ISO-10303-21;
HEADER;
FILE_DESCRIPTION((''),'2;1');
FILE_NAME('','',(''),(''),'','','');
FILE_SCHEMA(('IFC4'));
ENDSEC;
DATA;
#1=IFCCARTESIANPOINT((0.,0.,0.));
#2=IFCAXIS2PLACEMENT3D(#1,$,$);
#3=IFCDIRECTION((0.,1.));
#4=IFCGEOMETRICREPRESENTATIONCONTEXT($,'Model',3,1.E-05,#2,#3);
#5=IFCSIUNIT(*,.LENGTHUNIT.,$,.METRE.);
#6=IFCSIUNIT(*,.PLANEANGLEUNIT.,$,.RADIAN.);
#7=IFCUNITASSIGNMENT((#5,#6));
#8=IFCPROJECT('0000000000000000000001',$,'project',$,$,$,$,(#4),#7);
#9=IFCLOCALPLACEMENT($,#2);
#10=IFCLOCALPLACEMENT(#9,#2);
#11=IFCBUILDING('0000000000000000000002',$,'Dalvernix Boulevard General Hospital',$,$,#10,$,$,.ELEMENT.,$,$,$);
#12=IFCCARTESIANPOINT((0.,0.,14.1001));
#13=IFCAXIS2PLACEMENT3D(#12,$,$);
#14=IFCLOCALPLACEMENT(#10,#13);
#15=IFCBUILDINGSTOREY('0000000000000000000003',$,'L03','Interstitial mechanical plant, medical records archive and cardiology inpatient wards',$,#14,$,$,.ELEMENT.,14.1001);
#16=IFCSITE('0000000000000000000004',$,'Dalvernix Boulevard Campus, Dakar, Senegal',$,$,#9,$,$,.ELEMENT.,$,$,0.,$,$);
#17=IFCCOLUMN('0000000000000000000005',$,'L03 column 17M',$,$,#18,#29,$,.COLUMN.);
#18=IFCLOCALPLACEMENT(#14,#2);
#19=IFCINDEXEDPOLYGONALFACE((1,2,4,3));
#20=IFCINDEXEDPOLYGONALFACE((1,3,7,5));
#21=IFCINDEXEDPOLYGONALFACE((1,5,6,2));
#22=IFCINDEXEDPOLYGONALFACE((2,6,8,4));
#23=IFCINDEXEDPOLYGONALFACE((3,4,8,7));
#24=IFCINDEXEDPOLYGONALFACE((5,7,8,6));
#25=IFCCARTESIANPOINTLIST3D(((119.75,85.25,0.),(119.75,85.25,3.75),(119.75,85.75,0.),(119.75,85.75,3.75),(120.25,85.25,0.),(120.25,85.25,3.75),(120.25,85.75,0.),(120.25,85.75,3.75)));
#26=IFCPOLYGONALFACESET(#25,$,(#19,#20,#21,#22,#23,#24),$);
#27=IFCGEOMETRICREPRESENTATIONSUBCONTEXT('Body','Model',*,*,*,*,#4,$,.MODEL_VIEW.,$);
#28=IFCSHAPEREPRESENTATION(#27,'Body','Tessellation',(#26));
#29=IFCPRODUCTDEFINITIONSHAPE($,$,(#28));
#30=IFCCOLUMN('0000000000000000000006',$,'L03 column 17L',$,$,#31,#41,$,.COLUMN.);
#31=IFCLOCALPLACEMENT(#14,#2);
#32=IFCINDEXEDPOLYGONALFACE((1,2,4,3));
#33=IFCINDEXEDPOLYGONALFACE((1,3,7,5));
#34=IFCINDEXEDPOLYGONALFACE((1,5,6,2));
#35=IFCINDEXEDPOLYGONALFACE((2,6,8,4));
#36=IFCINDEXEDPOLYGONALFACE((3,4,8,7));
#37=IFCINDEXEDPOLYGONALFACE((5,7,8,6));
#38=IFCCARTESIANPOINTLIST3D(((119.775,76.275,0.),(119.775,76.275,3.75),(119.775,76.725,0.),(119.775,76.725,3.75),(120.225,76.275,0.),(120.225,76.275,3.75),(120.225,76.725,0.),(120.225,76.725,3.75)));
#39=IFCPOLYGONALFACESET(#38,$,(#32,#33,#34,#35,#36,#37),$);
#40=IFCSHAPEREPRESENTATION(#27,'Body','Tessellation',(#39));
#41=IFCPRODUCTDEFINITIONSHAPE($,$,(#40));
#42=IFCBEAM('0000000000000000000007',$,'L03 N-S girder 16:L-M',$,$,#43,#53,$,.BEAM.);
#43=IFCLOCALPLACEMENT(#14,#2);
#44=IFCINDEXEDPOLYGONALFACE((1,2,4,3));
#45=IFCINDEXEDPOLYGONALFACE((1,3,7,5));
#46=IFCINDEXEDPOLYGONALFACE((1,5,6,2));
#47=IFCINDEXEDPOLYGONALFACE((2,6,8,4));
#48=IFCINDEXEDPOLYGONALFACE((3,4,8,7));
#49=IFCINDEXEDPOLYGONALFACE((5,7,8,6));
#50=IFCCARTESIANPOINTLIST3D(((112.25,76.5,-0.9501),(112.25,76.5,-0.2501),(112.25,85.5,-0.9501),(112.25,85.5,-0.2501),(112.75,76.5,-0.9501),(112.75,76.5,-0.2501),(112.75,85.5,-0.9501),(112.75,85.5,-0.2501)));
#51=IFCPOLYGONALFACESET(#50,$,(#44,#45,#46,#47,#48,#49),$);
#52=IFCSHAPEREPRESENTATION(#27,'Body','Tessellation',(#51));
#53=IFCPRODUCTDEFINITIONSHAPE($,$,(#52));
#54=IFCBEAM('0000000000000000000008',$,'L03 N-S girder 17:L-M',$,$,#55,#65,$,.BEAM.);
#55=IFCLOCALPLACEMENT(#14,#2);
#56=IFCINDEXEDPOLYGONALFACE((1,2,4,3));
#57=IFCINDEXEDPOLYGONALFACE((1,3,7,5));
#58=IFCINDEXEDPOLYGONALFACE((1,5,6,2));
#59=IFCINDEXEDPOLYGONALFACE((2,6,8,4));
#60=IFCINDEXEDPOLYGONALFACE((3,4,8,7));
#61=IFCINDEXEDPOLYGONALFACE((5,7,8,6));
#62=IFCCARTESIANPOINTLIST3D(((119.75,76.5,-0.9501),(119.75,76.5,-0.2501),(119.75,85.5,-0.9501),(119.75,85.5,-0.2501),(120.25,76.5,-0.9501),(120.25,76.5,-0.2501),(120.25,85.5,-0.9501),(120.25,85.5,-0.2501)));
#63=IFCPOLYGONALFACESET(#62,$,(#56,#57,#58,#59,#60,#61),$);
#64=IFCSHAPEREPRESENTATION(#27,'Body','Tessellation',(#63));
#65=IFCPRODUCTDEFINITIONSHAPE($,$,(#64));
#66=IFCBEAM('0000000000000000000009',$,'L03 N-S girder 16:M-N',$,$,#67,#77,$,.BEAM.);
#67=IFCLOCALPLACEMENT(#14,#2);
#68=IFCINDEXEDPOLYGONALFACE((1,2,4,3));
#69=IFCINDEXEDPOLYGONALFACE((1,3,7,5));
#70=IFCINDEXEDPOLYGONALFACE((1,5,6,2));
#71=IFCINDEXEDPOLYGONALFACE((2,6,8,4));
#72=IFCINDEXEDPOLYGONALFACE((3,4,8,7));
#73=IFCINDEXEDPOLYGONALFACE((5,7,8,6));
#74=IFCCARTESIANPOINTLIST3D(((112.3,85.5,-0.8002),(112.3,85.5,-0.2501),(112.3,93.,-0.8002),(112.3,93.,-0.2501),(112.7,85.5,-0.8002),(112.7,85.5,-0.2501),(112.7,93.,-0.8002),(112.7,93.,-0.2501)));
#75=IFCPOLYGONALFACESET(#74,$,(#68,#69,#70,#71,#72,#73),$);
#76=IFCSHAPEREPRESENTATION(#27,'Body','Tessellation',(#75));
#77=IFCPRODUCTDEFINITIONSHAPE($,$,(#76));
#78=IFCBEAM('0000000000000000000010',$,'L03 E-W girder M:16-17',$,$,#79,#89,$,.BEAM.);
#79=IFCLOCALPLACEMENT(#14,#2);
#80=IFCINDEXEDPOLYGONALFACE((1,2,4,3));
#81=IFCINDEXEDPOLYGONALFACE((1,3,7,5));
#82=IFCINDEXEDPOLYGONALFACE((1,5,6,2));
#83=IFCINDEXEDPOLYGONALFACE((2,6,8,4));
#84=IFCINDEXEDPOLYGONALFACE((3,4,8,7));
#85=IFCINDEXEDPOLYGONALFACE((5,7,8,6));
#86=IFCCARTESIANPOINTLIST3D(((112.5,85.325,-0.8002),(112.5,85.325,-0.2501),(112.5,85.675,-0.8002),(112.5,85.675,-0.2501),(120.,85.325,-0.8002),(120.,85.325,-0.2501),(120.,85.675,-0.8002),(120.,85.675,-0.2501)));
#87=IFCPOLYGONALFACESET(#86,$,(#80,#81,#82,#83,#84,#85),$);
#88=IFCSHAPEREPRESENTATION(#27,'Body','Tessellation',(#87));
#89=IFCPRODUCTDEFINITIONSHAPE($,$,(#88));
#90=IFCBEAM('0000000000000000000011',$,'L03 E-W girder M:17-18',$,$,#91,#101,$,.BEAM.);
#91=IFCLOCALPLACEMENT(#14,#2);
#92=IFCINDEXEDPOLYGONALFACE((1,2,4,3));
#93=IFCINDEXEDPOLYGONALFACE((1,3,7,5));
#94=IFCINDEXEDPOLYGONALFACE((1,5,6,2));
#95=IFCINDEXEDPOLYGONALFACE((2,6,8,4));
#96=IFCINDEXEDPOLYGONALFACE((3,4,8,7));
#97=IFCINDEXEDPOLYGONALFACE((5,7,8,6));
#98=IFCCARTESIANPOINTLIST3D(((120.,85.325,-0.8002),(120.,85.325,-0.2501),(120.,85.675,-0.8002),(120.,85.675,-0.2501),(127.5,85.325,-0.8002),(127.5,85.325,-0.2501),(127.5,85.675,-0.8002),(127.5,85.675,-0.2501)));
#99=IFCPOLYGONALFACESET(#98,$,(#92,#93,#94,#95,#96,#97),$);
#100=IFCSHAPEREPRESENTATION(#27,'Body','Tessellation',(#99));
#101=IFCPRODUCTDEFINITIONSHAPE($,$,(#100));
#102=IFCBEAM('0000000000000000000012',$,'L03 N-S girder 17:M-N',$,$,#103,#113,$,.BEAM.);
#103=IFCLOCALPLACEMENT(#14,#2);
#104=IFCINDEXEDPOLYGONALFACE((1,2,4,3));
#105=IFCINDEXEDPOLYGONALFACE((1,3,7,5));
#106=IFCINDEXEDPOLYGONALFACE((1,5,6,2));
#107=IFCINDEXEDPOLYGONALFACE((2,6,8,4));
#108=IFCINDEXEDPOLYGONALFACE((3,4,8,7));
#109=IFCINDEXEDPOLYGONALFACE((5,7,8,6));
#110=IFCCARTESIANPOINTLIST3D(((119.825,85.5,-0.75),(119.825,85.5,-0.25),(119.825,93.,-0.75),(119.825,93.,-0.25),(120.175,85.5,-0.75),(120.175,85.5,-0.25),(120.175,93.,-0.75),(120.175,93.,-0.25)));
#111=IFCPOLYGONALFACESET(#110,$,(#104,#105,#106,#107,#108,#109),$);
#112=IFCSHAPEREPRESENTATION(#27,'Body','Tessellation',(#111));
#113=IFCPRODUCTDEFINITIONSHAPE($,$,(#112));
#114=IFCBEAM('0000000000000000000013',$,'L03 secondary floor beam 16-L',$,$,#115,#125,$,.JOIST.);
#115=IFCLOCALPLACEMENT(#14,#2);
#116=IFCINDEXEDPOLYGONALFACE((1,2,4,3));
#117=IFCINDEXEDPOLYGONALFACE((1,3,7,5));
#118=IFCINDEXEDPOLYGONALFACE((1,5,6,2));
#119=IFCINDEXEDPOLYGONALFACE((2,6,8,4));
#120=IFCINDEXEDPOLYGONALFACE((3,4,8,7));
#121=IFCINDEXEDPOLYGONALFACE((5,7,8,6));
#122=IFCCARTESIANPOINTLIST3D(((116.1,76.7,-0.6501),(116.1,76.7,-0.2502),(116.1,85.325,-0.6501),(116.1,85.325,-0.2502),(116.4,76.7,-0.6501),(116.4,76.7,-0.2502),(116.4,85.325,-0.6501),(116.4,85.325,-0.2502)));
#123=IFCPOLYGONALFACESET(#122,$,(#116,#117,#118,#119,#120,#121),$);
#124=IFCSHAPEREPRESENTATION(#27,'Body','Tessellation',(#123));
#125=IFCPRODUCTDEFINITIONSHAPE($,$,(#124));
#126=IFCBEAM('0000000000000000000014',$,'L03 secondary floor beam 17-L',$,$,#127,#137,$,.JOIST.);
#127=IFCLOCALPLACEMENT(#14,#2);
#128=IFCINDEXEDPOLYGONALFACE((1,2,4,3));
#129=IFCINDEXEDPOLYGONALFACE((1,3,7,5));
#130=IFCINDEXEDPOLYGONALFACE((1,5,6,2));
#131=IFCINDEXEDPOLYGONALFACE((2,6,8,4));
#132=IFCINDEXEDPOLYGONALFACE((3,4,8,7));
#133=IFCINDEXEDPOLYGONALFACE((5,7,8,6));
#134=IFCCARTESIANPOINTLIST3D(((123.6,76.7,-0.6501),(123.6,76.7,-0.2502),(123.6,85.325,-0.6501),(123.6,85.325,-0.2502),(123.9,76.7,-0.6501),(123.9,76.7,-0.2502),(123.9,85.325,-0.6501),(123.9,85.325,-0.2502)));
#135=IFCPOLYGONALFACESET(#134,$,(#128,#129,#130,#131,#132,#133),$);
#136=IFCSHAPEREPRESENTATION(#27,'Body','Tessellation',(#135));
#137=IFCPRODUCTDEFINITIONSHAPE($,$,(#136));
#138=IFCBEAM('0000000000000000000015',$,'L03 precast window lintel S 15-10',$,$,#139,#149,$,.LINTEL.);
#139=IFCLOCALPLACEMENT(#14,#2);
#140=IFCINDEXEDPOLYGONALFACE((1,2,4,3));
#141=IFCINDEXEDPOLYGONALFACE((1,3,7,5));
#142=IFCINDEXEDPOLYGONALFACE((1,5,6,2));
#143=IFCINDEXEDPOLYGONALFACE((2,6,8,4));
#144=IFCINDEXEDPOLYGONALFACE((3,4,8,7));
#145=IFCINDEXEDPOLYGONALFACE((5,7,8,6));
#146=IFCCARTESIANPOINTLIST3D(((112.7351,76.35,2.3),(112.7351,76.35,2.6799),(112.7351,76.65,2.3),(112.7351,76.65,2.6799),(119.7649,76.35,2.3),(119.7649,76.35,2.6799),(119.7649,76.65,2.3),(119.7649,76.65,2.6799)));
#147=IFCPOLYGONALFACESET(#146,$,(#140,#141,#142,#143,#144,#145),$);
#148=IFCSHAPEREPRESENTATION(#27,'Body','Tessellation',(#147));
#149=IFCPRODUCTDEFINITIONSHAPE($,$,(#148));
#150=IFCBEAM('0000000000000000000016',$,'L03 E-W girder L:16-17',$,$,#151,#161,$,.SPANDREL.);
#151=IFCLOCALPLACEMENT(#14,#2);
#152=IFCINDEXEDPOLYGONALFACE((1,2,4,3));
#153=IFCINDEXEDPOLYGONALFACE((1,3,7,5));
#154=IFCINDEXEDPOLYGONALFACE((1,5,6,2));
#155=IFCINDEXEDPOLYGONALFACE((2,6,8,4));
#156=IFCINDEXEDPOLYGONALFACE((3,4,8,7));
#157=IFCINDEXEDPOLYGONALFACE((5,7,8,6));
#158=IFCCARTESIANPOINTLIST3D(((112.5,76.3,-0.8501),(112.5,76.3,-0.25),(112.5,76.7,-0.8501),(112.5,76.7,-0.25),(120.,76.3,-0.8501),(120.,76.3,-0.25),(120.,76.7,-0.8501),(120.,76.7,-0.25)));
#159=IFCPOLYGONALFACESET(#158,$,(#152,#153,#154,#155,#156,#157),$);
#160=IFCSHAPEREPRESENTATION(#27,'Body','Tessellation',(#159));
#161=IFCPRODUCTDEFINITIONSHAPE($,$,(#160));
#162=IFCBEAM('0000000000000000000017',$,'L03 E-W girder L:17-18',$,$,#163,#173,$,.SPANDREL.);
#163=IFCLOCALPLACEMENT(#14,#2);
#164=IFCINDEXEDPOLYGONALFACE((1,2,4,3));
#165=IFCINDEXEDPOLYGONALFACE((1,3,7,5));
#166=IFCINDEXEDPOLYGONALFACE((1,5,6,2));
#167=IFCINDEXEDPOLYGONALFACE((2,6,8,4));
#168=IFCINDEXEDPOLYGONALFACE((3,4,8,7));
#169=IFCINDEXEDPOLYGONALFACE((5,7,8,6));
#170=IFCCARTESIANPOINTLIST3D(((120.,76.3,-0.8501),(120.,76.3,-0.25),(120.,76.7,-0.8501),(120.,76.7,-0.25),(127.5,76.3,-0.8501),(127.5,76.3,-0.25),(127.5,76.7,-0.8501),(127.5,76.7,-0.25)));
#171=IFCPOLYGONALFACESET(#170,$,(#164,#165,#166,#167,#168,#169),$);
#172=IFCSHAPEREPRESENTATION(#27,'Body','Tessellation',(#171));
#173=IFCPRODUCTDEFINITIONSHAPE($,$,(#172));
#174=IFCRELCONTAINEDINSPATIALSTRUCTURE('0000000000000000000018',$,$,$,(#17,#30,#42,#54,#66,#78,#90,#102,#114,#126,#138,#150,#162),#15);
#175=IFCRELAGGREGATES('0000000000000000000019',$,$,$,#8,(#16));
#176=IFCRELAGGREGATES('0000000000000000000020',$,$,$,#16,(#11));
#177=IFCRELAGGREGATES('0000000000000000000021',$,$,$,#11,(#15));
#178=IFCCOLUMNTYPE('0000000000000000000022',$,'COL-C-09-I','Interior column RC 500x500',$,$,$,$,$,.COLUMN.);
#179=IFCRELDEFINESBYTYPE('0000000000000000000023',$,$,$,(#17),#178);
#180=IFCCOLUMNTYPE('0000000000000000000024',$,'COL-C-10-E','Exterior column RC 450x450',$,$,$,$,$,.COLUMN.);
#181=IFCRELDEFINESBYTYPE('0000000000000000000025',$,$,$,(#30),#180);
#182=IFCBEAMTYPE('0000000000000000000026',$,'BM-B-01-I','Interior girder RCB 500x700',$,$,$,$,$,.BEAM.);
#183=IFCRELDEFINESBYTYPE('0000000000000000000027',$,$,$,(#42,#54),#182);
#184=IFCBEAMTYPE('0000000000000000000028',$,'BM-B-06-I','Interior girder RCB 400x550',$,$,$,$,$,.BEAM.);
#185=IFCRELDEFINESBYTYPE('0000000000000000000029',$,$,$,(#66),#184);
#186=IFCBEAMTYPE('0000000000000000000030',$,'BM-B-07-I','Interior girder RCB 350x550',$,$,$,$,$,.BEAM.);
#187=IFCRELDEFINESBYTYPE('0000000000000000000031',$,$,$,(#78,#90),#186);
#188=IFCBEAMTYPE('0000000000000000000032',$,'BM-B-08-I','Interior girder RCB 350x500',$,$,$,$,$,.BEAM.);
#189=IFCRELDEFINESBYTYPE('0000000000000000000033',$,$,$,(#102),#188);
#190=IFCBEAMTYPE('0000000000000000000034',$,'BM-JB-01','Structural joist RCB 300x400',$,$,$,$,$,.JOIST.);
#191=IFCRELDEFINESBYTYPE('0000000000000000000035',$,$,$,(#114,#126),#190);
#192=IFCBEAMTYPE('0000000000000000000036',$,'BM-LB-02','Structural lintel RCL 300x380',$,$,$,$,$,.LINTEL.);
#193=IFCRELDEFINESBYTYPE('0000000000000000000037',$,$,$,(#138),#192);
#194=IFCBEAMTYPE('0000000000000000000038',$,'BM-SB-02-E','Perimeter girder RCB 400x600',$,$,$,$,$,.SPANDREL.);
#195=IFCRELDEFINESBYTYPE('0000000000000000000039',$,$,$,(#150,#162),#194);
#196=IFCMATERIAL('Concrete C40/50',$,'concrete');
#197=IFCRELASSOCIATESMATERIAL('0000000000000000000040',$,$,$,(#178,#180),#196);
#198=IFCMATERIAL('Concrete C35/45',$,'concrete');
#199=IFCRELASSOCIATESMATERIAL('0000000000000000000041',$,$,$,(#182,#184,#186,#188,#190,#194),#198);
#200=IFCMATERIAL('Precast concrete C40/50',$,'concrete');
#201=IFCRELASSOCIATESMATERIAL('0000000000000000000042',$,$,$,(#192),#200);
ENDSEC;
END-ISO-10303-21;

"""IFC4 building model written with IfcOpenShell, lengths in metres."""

from ifc_helpers import new_model, si_unit, direction, frame, origin, origin_2d, place, context, subcontext, project, spatial, rectangle, extrude, material, material_profile, profile_set, type_object, element, save


model = new_model("IFC4")

# Units and contexts
model_context = context("Model", 3, precision=1e-05, world=origin(), true_north=direction((0.0, 1.0)))
body_context = subcontext(model_context, "Body", "Model", "MODEL_VIEW")
ifc_project = project(units=[si_unit("LENGTHUNIT", "METRE"), si_unit("PLANEANGLEUNIT", "RADIAN")], contexts=[model_context])

# Site, building, storey
site_placement = place(None, origin())
site = spatial("IfcSite", under=ifc_project, at=site_placement, Name="Dalvernix Boulevard Campus, Dakar, Senegal", CompositionType="ELEMENT", RefElevation=0.0)
building_placement = place(site_placement, origin())
building = spatial("IfcBuilding", under=site, at=building_placement, Name="Dalvernix Boulevard General Hospital", CompositionType="ELEMENT")
storey_placement = place(building_placement, frame((0.0, 0.0, 14.1001)))
storey = spatial("IfcBuildingStorey", under=building, at=storey_placement, Name="L03", Description="Interstitial mechanical plant, medical records archive and cardiology inpatient wards", CompositionType="ELEMENT", Elevation=14.1001)

# Columns
ifc_material_1 = material(Name="Concrete C40/50", Category="concrete")
ifc_material_profile_1 = material_profile(ifc_material_1, rectangle(XDim=0.5, YDim=0.5, at=origin_2d()), Name="RC 500x500")
ifc_profile_set_1 = profile_set([ifc_material_profile_1], Name="Concrete C40/50")
column_type_1 = type_object("IfcColumnType", Name="COL-C-09-I", Description="Interior column RC 500x500", PredefinedType="COLUMN", material=ifc_profile_set_1)
column_1_placement = place(storey_placement, frame((120.0, 85.5, 0.0), z_axis=(0.0, 0.0, 1.0), x_axis=(1.0, 0.0, 0.0)))
element("IfcColumn", 1, at=column_1_placement, inside=storey, type_object=column_type_1, Name="L03 column 17M", PredefinedType="COLUMN", context=body_context, shape_type="SweptSolid", body=[
    extrude(rectangle(XDim=0.5, YDim=0.5, at=origin_2d()), origin(), (0.0, 0.0, 1.0), 3.75),
])
ifc_material_profile_2 = material_profile(ifc_material_1, rectangle(XDim=0.45, YDim=0.45, at=origin_2d()), Name="RC 450x450")
ifc_profile_set_2 = profile_set([ifc_material_profile_2], Name="Concrete C40/50")
column_type_2 = type_object("IfcColumnType", Name="COL-C-10-E", Description="Exterior column RC 450x450", PredefinedType="COLUMN", material=ifc_profile_set_2)
column_2_placement = place(storey_placement, frame((120.0, 76.5, 0.0), z_axis=(0.0, 0.0, 1.0), x_axis=(1.0, 0.0, 0.0)))
element("IfcColumn", 2, at=column_2_placement, inside=storey, type_object=column_type_2, Name="L03 column 17L", PredefinedType="COLUMN", context=body_context, shape_type="SweptSolid", body=[
    extrude(rectangle(XDim=0.45, YDim=0.45, at=origin_2d()), origin(), (0.0, 0.0, 1.0), 3.75),
])

# Beams
ifc_material_2 = material(Name="Concrete C35/45", Category="concrete")
ifc_material_profile_3 = material_profile(ifc_material_2, rectangle(XDim=0.5, YDim=0.7, at=origin_2d()), Name="RCB 500x700")
ifc_profile_set_3 = profile_set([ifc_material_profile_3], Name="Concrete C35/45")
beam_type_1 = type_object("IfcBeamType", Name="BM-B-01-I", Description="Interior girder RCB 500x700", PredefinedType="BEAM", material=ifc_profile_set_3)
for number, where, z_axis, x_axis, name in (
    (3, (112.5, 76.5, -0.6001), (0.0, 1.0, 0.0), (-1.0, 0.0, 0.0), "L03 N-S girder 16:L-M"),
    (4, (120.0, 76.5, -0.6001), (0.0, 1.0, 0.0), (-1.0, 0.0, 0.0), "L03 N-S girder 17:L-M"),
):
    element("IfcBeam", number, at=place(storey_placement, frame(where, z_axis=z_axis, x_axis=x_axis)), inside=storey, type_object=beam_type_1, Name=name, PredefinedType="BEAM", context=body_context, shape_type="SweptSolid", body=[
        extrude(rectangle(XDim=0.5, YDim=0.7, at=origin_2d()), origin(), (0.0, 0.0, 1.0), 9.0),
    ])
ifc_material_profile_4 = material_profile(ifc_material_2, rectangle(XDim=0.3999, YDim=0.55, at=origin_2d()), Name="RCB 400x550")
ifc_profile_set_4 = profile_set([ifc_material_profile_4], Name="Concrete C35/45")
beam_type_2 = type_object("IfcBeamType", Name="BM-B-06-I", Description="Interior girder RCB 400x550", PredefinedType="BEAM", material=ifc_profile_set_4)
beam_1_placement = place(storey_placement, frame((112.5, 85.5, -0.5251), z_axis=(0.0, 1.0, 0.0), x_axis=(-1.0, 0.0, 0.0)))
element("IfcBeam", 5, at=beam_1_placement, inside=storey, type_object=beam_type_2, Name="L03 N-S girder 16:M-N", PredefinedType="BEAM", context=body_context, shape_type="SweptSolid", body=[
    extrude(rectangle(XDim=0.3999, YDim=0.55, at=origin_2d()), origin(), (0.0, 0.0, 1.0), 7.5),
])
ifc_material_profile_5 = material_profile(ifc_material_2, rectangle(XDim=0.3501, YDim=0.55, at=origin_2d()), Name="RCB 350x550")
ifc_profile_set_5 = profile_set([ifc_material_profile_5], Name="Concrete C35/45")
beam_type_3 = type_object("IfcBeamType", Name="BM-B-07-I", Description="Interior girder RCB 350x550", PredefinedType="BEAM", material=ifc_profile_set_5)
for number, where, z_axis, x_axis, name in (
    (6, (112.5, 85.5, -0.5251), (1.0, 0.0, 0.0), (0.0, 1.0, 0.0), "L03 E-W girder M:16-17"),
    (7, (120.0, 85.5, -0.5251), (1.0, 0.0, 0.0), (0.0, 1.0, 0.0), "L03 E-W girder M:17-18"),
):
    element("IfcBeam", number, at=place(storey_placement, frame(where, z_axis=z_axis, x_axis=x_axis)), inside=storey, type_object=beam_type_3, Name=name, PredefinedType="BEAM", context=body_context, shape_type="SweptSolid", body=[
        extrude(rectangle(XDim=0.3501, YDim=0.55, at=origin_2d()), origin(), (0.0, 0.0, 1.0), 7.5),
    ])
ifc_material_profile_6 = material_profile(ifc_material_2, rectangle(XDim=0.3501, YDim=0.5, at=origin_2d()), Name="RCB 350x500")
ifc_profile_set_6 = profile_set([ifc_material_profile_6], Name="Concrete C35/45")
beam_type_4 = type_object("IfcBeamType", Name="BM-B-08-I", Description="Interior girder RCB 350x500", PredefinedType="BEAM", material=ifc_profile_set_6)
beam_2_placement = place(storey_placement, frame((120.0, 85.5, -0.5), z_axis=(0.0, 1.0, 0.0), x_axis=(-1.0, 0.0, 0.0)))
element("IfcBeam", 8, at=beam_2_placement, inside=storey, type_object=beam_type_4, Name="L03 N-S girder 17:M-N", PredefinedType="BEAM", context=body_context, shape_type="SweptSolid", body=[
    extrude(rectangle(XDim=0.3501, YDim=0.5, at=origin_2d()), origin(), (0.0, 0.0, 1.0), 7.5),
])
ifc_material_profile_7 = material_profile(ifc_material_2, rectangle(XDim=0.3, YDim=0.3999, at=origin_2d()), Name="RCB 300x400")
ifc_profile_set_7 = profile_set([ifc_material_profile_7], Name="Concrete C35/45")
beam_type_5 = type_object("IfcBeamType", Name="BM-JB-01", Description="Structural joist RCB 300x400", PredefinedType="JOIST", material=ifc_profile_set_7)
for number, where, z_axis, x_axis, name in (
    (9, (116.25, 76.7, -0.4502), (0.0, 1.0, 0.0), (-1.0, 0.0, 0.0), "L03 secondary floor beam 16-L"),
    (10, (123.75, 76.7, -0.4502), (0.0, 1.0, 0.0), (-1.0, 0.0, 0.0), "L03 secondary floor beam 17-L"),
):
    element("IfcBeam", number, at=place(storey_placement, frame(where, z_axis=z_axis, x_axis=x_axis)), inside=storey, type_object=beam_type_5, Name=name, PredefinedType="JOIST", context=body_context, shape_type="SweptSolid", body=[
        extrude(rectangle(XDim=0.3, YDim=0.3999, at=origin_2d()), origin(), (0.0, 0.0, 1.0), 8.625),
    ])
ifc_material_3 = material(Name="Precast concrete C40/50", Category="concrete")
ifc_material_profile_8 = material_profile(ifc_material_3, rectangle(XDim=0.3, YDim=0.3799, at=origin_2d()), Name="RCL 300x380")
ifc_profile_set_8 = profile_set([ifc_material_profile_8], Name="Precast concrete C40/50")
beam_type_6 = type_object("IfcBeamType", Name="BM-LB-02", Description="Structural lintel RCL 300x380", PredefinedType="LINTEL", material=ifc_profile_set_8)
beam_3_placement = place(storey_placement, frame((119.7649, 76.5, 2.49), z_axis=(-1.0, 0.0, 0.0), x_axis=(0.0, -1.0, 0.0)))
element("IfcBeam", 11, at=beam_3_placement, inside=storey, type_object=beam_type_6, Name="L03 precast window lintel S 15-10", PredefinedType="LINTEL", context=body_context, shape_type="SweptSolid", body=[
    extrude(rectangle(XDim=0.3, YDim=0.3799, at=origin_2d()), origin(), (0.0, 0.0, 1.0), 7.0298),
])
ifc_material_profile_9 = material_profile(ifc_material_2, rectangle(XDim=0.3999, YDim=0.6001, at=origin_2d()), Name="RCB 400x600")
ifc_profile_set_9 = profile_set([ifc_material_profile_9], Name="Concrete C35/45")
beam_type_7 = type_object("IfcBeamType", Name="BM-SB-02-E", Description="Perimeter girder RCB 400x600", PredefinedType="SPANDREL", material=ifc_profile_set_9)
for number, where, z_axis, x_axis, name in (
    (12, (112.5, 76.5, -0.55), (1.0, 0.0, 0.0), (0.0, 1.0, 0.0), "L03 E-W girder L:16-17"),
    (13, (120.0, 76.5, -0.55), (1.0, 0.0, 0.0), (0.0, 1.0, 0.0), "L03 E-W girder L:17-18"),
):
    element("IfcBeam", number, at=place(storey_placement, frame(where, z_axis=z_axis, x_axis=x_axis)), inside=storey, type_object=beam_type_7, Name=name, PredefinedType="SPANDREL", context=body_context, shape_type="SweptSolid", body=[
        extrude(rectangle(XDim=0.3999, YDim=0.6001, at=origin_2d()), origin(), (0.0, 0.0, 1.0), 7.5),
    ])

save(model, "model.ifc")
